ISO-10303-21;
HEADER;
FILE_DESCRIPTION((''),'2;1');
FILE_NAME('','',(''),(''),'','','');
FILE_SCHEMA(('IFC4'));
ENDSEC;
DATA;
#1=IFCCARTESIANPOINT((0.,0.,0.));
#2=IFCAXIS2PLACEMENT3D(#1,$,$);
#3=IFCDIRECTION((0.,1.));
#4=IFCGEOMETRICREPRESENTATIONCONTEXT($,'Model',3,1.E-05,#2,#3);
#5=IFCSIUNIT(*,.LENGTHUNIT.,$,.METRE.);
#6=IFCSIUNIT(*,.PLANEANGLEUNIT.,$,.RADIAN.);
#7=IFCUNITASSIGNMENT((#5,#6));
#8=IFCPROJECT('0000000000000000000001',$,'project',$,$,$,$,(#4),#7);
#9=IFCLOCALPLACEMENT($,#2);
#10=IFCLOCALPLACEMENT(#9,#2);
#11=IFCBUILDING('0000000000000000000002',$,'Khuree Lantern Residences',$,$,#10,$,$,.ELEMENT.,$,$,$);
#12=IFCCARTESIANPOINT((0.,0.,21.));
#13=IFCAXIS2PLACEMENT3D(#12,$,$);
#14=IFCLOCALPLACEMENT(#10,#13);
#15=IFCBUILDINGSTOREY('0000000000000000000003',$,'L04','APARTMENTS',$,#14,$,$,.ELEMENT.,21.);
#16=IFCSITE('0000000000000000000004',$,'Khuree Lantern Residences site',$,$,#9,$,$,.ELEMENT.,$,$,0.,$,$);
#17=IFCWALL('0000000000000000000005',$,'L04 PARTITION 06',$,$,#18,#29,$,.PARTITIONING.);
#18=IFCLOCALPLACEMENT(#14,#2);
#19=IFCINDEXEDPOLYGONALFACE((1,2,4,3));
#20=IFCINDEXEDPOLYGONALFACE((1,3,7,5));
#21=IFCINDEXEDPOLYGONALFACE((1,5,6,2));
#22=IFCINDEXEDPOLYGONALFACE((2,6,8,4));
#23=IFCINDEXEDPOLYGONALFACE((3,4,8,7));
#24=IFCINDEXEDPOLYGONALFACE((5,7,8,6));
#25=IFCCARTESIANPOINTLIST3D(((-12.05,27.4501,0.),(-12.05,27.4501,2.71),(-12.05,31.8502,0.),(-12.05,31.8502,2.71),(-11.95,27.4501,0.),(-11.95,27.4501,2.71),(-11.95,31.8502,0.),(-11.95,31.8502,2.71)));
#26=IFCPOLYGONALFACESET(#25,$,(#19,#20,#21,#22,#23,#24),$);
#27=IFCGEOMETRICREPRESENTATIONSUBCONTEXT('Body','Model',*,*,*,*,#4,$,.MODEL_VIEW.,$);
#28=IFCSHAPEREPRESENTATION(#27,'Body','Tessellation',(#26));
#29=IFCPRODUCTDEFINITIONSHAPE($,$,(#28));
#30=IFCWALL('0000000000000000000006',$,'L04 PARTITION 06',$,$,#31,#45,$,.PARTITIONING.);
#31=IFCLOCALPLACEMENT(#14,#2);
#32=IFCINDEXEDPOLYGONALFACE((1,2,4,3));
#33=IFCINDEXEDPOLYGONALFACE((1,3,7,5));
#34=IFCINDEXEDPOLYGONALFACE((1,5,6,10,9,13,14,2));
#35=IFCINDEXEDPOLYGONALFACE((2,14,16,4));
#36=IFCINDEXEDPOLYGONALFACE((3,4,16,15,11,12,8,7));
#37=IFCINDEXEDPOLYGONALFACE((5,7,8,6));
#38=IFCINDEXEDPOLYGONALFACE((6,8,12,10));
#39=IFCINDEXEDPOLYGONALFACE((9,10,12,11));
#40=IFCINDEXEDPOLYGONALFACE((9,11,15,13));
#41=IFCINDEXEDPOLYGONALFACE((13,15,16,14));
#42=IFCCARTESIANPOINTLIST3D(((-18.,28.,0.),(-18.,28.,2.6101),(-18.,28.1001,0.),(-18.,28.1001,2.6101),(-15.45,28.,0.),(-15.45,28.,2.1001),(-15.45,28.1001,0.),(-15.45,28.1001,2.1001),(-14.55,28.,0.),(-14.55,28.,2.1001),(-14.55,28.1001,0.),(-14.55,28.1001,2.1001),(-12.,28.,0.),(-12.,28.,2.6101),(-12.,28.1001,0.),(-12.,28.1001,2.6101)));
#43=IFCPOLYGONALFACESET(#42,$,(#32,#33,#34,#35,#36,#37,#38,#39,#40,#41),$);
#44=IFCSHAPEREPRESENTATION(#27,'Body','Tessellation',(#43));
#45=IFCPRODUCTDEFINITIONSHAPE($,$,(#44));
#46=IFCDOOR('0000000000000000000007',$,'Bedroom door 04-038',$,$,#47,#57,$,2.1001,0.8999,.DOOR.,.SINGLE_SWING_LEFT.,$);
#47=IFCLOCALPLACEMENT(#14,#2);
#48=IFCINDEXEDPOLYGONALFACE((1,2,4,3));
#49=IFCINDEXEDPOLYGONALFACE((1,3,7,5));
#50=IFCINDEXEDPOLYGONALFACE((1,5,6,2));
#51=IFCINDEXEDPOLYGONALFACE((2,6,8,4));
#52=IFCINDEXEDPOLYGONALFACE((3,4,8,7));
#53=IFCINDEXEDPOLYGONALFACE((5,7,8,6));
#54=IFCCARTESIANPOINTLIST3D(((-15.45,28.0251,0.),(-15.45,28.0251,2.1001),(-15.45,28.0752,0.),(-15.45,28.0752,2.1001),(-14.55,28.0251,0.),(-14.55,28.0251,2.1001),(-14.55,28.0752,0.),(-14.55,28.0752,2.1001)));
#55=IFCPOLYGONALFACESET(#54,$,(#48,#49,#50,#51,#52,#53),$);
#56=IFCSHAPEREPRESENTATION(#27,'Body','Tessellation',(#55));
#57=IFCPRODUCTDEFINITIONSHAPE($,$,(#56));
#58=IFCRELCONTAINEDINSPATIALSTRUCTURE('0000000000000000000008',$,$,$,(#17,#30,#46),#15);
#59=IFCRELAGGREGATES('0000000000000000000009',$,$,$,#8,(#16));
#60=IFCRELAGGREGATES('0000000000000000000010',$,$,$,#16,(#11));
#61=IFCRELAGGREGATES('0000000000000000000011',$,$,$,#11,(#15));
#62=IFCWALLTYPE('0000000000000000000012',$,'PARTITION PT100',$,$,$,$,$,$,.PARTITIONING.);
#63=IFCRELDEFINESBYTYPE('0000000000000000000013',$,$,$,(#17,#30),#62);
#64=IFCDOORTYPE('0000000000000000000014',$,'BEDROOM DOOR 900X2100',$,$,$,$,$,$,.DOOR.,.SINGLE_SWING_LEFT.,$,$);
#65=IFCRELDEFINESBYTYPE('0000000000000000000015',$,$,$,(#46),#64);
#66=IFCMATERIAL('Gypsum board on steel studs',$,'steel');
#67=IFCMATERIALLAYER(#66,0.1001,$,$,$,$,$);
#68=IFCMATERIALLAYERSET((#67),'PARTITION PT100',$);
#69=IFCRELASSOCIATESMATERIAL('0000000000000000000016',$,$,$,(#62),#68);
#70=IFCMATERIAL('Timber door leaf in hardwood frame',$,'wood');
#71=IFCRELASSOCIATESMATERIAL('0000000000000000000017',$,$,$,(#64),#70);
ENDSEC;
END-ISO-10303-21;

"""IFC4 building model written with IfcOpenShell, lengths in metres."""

from ifc_helpers import new_model, si_unit, direction, frame, frame_2d, origin, place, context, subcontext, project, spatial, rectangle, extrude, material, layer, layer_set, type_object, element, fill, save


model = new_model("IFC4")

# Units and contexts
model_context = context("Model", 3, precision=1e-05, world=origin(), true_north=direction((0.0, 1.0)))
body_context = subcontext(model_context, "Body", "Model", "MODEL_VIEW")
ifc_project = project(units=[si_unit("LENGTHUNIT", "METRE"), si_unit("PLANEANGLEUNIT", "RADIAN")], contexts=[model_context])

# Site, building, storey
site_placement = place(None, origin())
site = spatial("IfcSite", under=ifc_project, at=site_placement, Name="Khuree Lantern Residences site", CompositionType="ELEMENT", RefElevation=0.0)
building_placement = place(site_placement, origin())
building = spatial("IfcBuilding", under=site, at=building_placement, Name="Khuree Lantern Residences", CompositionType="ELEMENT")
storey_placement = place(building_placement, frame((0.0, 0.0, 21.0)))
storey = spatial("IfcBuildingStorey", under=building, at=storey_placement, Name="L04", Description="APARTMENTS", CompositionType="ELEMENT", Elevation=21.0)

# Wall
ifc_material_1 = material(Name="Gypsum board on steel studs", Category="steel")
ifc_layer_1 = layer(ifc_material_1, 0.1001)
ifc_layer_set_1 = layer_set([ifc_layer_1], Name="PARTITION PT100")
wall_type = type_object("IfcWallType", Name="PARTITION PT100", PredefinedType="PARTITIONING", material=ifc_layer_set_1)
wall_1_placement = place(storey_placement, frame((-12.0, 27.45, 0.0), z_axis=(0.0, 0.0, 1.0), x_axis=(0.0, 1.0, 0.0)))
element("IfcWall", 1, at=wall_1_placement, inside=storey, type_object=wall_type, Name="L04 PARTITION 06", PredefinedType="PARTITIONING", context=body_context, shape_type="SweptSolid", body=[
    extrude(rectangle(XDim=4.4001, YDim=0.1001, at=frame_2d((2.2002, 0.0))), origin(), (0.0, 0.0, 1.0), 2.71),
])

# Wall, opening, door
wall_2_placement = place(storey_placement, frame((-12.0, 28.05, 0.0), z_axis=(0.0, 0.0, 1.0), x_axis=(-1.0, 0.0, 0.0)))
wall_2 = element("IfcWall", 2, at=wall_2_placement, inside=storey, type_object=wall_type, Name="L04 PARTITION 06", PredefinedType="PARTITIONING", context=body_context, shape_type="SweptSolid", body=[
    extrude(rectangle(XDim=6.0, YDim=0.1001, at=frame_2d((3.0, 0.0))), origin(), (0.0, 0.0, 1.0), 2.6101),
])
opening_placement = place(wall_2_placement, frame((2.55, 0.0, 0.0)))
opening = element("IfcOpeningElement", 3, at=opening_placement, cuts=wall_2, PredefinedType="OPENING", context=body_context, shape_type="SweptSolid", body=[
    extrude(rectangle(XDim=0.8999, YDim=2.1001, at=frame_2d((0.45, 1.05))), frame((0.0, 0.0601, 0.0), z_axis=(0.0, -1.0, 0.0), x_axis=(1.0, 0.0, 0.0)), (0.0, 0.0, 1.0), 0.1201),
])
ifc_material_2 = material(Name="Timber door leaf in hardwood frame", Category="wood")
door_type = type_object("IfcDoorType", Name="BEDROOM DOOR 900X2100", OperationType="SINGLE_SWING_LEFT", PredefinedType="DOOR", material=ifc_material_2)
door_placement = place(opening_placement, origin())
door = element("IfcDoor", 4, at=door_placement, inside=storey, type_object=door_type, Name="Bedroom door 04-038", OperationType="SINGLE_SWING_LEFT", OverallHeight=2.1001, OverallWidth=0.8999, PredefinedType="DOOR", context=body_context, shape_type="SweptSolid", body=[
    extrude(rectangle(XDim=0.8999, YDim=2.1001, at=frame_2d((0.45, 1.05))), frame((0.0, 0.0249, 0.0), z_axis=(0.0, -1.0, 0.0), x_axis=(1.0, 0.0, 0.0)), (0.0, 0.0, 1.0), 0.05),
])
fill(opening, door)

save(model, "model.ifc")
